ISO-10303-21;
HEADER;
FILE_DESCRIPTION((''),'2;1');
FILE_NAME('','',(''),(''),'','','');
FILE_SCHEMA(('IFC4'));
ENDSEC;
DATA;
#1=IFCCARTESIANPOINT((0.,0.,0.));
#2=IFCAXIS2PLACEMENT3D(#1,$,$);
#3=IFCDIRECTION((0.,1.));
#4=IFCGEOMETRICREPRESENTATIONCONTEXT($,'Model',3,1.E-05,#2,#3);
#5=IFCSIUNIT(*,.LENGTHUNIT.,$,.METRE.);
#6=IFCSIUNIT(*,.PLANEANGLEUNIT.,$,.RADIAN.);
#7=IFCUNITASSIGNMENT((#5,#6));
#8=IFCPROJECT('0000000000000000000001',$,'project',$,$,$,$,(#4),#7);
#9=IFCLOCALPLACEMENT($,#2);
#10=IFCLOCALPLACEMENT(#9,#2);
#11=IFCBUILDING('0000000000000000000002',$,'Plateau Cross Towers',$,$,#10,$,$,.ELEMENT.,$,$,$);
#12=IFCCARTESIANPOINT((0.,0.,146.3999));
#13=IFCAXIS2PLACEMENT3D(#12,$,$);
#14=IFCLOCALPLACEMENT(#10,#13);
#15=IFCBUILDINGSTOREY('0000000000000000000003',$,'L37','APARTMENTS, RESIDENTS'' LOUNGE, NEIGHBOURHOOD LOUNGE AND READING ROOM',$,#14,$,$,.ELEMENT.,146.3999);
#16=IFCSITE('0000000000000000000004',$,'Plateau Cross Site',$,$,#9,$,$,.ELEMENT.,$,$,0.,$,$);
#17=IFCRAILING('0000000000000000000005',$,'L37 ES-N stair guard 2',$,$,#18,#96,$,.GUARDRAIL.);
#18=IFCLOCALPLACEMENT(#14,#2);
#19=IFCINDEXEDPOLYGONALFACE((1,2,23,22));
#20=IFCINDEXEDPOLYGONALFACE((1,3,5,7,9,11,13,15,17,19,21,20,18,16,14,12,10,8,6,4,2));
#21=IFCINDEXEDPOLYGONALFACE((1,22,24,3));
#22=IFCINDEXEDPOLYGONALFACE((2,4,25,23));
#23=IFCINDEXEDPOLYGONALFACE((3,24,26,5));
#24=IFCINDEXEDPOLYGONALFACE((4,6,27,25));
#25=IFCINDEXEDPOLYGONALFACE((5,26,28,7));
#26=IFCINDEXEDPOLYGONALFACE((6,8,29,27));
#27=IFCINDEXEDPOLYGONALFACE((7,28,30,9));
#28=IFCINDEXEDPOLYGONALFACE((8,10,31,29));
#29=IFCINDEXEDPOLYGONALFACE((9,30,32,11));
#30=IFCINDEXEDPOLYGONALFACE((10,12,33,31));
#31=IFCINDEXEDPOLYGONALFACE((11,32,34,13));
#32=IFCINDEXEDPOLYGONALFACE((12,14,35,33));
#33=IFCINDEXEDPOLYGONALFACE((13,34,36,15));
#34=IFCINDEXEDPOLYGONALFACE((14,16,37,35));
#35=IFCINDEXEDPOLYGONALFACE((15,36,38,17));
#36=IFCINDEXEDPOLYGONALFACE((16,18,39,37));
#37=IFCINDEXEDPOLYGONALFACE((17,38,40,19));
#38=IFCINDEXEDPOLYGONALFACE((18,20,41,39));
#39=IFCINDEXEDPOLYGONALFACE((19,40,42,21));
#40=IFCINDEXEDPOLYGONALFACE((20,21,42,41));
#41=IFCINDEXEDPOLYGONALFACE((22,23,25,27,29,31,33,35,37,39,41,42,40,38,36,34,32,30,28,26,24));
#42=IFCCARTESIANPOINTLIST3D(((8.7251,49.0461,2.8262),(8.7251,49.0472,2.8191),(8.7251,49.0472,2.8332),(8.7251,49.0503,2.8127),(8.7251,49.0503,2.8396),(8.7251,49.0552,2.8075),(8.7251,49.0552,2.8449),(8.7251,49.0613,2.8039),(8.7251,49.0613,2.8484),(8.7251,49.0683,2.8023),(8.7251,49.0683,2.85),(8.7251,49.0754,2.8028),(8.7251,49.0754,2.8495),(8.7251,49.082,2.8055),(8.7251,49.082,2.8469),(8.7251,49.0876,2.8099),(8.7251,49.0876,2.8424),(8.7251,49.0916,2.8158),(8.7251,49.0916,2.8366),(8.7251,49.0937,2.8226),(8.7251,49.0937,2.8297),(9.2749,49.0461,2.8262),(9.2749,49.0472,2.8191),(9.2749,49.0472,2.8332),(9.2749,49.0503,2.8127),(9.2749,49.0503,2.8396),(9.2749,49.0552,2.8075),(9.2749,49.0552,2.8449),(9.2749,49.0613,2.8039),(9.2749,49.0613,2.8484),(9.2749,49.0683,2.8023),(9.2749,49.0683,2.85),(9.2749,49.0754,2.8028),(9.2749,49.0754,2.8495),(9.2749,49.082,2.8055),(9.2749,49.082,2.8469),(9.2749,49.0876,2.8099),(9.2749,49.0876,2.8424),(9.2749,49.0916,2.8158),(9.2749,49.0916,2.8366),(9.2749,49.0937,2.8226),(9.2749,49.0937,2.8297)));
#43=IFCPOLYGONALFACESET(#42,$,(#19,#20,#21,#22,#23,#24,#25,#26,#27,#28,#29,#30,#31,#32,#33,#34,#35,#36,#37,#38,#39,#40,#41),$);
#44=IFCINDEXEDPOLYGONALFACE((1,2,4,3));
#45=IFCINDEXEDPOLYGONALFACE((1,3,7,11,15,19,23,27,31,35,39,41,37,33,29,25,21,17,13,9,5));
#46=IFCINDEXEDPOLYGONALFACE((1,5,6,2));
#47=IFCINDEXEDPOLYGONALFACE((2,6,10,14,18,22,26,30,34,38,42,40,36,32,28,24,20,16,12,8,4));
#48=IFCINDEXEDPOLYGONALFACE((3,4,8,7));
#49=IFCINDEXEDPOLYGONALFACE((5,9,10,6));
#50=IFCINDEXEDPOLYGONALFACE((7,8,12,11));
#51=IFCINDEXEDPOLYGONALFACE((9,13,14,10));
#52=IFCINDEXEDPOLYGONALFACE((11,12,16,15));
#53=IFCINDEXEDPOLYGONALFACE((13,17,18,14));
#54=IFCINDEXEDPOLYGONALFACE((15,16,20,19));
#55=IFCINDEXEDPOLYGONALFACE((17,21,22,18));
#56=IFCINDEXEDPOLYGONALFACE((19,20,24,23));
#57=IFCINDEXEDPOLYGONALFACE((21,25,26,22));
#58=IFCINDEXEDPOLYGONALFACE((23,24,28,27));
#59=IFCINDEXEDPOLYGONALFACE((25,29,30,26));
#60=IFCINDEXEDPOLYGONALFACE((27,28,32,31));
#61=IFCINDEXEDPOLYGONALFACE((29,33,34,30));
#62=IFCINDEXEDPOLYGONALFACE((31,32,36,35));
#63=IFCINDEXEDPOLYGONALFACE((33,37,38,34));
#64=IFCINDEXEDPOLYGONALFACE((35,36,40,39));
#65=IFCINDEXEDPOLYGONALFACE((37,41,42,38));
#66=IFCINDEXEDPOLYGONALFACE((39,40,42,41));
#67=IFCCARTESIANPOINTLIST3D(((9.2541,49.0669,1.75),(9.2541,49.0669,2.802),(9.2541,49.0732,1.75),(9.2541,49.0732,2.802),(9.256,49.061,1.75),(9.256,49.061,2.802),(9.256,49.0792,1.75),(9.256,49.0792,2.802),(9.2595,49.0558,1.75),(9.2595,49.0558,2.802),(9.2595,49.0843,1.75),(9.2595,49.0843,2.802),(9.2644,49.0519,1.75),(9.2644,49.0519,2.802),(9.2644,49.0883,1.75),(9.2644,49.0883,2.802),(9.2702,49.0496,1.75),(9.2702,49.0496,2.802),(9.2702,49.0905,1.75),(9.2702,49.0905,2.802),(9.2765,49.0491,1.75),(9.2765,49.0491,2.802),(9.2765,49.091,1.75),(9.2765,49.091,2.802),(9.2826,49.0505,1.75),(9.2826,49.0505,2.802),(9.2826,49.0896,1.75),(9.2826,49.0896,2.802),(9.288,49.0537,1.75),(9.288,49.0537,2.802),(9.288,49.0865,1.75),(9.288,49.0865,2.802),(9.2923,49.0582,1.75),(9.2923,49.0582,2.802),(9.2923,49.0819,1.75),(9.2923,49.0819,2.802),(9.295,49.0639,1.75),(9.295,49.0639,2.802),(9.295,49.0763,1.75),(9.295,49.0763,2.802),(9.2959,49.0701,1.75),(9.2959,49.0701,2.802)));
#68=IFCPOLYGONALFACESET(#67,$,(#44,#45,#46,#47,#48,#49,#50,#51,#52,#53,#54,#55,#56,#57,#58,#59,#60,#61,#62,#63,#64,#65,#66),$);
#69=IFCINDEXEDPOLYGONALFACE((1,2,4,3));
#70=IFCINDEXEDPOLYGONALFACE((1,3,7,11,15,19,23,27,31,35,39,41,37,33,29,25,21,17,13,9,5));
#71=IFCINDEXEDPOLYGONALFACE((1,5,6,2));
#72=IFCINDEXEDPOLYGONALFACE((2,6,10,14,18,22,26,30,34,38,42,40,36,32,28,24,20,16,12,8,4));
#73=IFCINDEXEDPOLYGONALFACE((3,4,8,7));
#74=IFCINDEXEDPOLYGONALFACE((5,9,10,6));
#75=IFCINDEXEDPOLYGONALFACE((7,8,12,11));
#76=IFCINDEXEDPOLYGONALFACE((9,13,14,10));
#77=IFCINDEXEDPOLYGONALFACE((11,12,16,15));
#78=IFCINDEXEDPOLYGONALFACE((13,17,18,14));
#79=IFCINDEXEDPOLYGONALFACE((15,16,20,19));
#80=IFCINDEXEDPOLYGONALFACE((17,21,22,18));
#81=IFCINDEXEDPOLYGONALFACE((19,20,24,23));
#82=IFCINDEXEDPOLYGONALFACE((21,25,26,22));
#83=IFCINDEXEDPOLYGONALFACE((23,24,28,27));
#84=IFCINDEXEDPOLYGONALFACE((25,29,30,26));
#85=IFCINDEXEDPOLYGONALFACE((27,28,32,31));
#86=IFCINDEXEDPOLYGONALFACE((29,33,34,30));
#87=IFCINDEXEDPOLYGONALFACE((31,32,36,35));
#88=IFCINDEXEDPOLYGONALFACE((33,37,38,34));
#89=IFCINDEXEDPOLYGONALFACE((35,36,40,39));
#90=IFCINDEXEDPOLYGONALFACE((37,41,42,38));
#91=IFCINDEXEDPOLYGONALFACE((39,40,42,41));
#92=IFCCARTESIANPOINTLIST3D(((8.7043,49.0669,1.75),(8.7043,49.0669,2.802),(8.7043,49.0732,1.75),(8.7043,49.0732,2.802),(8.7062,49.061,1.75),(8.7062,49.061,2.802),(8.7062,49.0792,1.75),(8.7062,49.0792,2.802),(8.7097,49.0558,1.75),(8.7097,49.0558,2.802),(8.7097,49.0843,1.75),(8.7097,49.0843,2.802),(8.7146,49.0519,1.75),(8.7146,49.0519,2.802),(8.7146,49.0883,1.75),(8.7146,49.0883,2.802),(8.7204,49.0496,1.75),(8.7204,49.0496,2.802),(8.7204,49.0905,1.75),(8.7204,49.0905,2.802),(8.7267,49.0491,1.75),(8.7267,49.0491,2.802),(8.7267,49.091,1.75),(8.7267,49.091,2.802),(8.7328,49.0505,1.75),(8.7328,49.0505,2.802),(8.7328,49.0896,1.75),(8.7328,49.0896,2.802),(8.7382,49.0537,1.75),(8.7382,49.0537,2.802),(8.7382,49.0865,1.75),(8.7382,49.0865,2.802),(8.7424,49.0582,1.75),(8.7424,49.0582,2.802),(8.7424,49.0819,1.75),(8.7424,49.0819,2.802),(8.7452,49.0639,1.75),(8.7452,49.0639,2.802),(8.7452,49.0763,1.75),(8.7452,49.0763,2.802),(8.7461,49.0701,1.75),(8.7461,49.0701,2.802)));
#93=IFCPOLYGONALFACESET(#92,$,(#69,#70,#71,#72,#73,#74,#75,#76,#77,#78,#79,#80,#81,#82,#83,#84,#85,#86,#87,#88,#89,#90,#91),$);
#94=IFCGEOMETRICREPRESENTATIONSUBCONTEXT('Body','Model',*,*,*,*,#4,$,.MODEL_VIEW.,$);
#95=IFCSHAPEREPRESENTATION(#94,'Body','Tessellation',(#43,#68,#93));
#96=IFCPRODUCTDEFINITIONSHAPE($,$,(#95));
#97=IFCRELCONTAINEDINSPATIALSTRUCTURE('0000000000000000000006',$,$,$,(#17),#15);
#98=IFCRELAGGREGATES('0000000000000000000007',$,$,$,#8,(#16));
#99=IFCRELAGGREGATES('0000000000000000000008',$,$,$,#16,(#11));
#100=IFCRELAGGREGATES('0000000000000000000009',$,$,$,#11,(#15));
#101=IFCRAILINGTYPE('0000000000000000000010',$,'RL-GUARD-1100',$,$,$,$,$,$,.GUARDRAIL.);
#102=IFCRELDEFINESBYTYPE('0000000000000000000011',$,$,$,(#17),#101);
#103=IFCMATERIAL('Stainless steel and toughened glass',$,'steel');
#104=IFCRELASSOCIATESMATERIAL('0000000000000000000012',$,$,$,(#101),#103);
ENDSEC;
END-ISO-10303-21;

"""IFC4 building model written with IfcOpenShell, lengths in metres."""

from ifc_helpers import new_model, si_unit, direction, frame, origin, origin_2d, place, context, subcontext, project, spatial, circle, extrude, material, type_object, element, save


model = new_model("IFC4")

# Units and contexts
model_context = context("Model", 3, precision=1e-05, world=origin(), true_north=direction((0.0, 1.0)))
body_context = subcontext(model_context, "Body", "Model", "MODEL_VIEW")
ifc_project = project(units=[si_unit("LENGTHUNIT", "METRE"), si_unit("PLANEANGLEUNIT", "RADIAN")], contexts=[model_context])

# Site, building, storey
site_placement = place(None, origin())
site = spatial("IfcSite", under=ifc_project, at=site_placement, Name="Plateau Cross Site", CompositionType="ELEMENT", RefElevation=0.0)
building_placement = place(site_placement, origin())
building = spatial("IfcBuilding", under=site, at=building_placement, Name="Plateau Cross Towers", CompositionType="ELEMENT")
storey_placement = place(building_placement, frame((0.0, 0.0, 146.3999)))
storey = spatial("IfcBuildingStorey", under=building, at=storey_placement, Name="L37", Description="APARTMENTS, RESIDENTS' LOUNGE, NEIGHBOURHOOD LOUNGE AND READING ROOM", CompositionType="ELEMENT", Elevation=146.3999)

# Railing
ifc_material_1 = material(Name="Stainless steel and toughened glass", Category="steel")
railing_type_1 = type_object("IfcRailingType", Name="RL-GUARD-1100", PredefinedType="GUARDRAIL", material=ifc_material_1)
railing_1_placement = place(storey_placement, frame((9.2749, 49.0701, 1.75)))
element("IfcRailing", 1, at=railing_1_placement, inside=storey, type_object=railing_type_1, Name="L37 ES-N stair guard 2", PredefinedType="GUARDRAIL", context=body_context, shape_type="SweptSolid", body=[
    extrude(circle(Radius=0.0239, at=origin_2d()), frame((0.0, 0.0, 1.0762), z_axis=(-1.0, 0.0, 0.0), x_axis=(0.0, -1.0, 0.0)), (0.0, 0.0, 1.0), 0.5498),
    extrude(circle(Radius=0.021, at=origin_2d()), origin(), (0.0, 0.0, 1.0), 1.052),
    extrude(circle(Radius=0.021, at=origin_2d()), frame((-0.5498, 0.0, 0.0)), (0.0, 0.0, 1.0), 1.052),
])

save(model, "model.ifc")
